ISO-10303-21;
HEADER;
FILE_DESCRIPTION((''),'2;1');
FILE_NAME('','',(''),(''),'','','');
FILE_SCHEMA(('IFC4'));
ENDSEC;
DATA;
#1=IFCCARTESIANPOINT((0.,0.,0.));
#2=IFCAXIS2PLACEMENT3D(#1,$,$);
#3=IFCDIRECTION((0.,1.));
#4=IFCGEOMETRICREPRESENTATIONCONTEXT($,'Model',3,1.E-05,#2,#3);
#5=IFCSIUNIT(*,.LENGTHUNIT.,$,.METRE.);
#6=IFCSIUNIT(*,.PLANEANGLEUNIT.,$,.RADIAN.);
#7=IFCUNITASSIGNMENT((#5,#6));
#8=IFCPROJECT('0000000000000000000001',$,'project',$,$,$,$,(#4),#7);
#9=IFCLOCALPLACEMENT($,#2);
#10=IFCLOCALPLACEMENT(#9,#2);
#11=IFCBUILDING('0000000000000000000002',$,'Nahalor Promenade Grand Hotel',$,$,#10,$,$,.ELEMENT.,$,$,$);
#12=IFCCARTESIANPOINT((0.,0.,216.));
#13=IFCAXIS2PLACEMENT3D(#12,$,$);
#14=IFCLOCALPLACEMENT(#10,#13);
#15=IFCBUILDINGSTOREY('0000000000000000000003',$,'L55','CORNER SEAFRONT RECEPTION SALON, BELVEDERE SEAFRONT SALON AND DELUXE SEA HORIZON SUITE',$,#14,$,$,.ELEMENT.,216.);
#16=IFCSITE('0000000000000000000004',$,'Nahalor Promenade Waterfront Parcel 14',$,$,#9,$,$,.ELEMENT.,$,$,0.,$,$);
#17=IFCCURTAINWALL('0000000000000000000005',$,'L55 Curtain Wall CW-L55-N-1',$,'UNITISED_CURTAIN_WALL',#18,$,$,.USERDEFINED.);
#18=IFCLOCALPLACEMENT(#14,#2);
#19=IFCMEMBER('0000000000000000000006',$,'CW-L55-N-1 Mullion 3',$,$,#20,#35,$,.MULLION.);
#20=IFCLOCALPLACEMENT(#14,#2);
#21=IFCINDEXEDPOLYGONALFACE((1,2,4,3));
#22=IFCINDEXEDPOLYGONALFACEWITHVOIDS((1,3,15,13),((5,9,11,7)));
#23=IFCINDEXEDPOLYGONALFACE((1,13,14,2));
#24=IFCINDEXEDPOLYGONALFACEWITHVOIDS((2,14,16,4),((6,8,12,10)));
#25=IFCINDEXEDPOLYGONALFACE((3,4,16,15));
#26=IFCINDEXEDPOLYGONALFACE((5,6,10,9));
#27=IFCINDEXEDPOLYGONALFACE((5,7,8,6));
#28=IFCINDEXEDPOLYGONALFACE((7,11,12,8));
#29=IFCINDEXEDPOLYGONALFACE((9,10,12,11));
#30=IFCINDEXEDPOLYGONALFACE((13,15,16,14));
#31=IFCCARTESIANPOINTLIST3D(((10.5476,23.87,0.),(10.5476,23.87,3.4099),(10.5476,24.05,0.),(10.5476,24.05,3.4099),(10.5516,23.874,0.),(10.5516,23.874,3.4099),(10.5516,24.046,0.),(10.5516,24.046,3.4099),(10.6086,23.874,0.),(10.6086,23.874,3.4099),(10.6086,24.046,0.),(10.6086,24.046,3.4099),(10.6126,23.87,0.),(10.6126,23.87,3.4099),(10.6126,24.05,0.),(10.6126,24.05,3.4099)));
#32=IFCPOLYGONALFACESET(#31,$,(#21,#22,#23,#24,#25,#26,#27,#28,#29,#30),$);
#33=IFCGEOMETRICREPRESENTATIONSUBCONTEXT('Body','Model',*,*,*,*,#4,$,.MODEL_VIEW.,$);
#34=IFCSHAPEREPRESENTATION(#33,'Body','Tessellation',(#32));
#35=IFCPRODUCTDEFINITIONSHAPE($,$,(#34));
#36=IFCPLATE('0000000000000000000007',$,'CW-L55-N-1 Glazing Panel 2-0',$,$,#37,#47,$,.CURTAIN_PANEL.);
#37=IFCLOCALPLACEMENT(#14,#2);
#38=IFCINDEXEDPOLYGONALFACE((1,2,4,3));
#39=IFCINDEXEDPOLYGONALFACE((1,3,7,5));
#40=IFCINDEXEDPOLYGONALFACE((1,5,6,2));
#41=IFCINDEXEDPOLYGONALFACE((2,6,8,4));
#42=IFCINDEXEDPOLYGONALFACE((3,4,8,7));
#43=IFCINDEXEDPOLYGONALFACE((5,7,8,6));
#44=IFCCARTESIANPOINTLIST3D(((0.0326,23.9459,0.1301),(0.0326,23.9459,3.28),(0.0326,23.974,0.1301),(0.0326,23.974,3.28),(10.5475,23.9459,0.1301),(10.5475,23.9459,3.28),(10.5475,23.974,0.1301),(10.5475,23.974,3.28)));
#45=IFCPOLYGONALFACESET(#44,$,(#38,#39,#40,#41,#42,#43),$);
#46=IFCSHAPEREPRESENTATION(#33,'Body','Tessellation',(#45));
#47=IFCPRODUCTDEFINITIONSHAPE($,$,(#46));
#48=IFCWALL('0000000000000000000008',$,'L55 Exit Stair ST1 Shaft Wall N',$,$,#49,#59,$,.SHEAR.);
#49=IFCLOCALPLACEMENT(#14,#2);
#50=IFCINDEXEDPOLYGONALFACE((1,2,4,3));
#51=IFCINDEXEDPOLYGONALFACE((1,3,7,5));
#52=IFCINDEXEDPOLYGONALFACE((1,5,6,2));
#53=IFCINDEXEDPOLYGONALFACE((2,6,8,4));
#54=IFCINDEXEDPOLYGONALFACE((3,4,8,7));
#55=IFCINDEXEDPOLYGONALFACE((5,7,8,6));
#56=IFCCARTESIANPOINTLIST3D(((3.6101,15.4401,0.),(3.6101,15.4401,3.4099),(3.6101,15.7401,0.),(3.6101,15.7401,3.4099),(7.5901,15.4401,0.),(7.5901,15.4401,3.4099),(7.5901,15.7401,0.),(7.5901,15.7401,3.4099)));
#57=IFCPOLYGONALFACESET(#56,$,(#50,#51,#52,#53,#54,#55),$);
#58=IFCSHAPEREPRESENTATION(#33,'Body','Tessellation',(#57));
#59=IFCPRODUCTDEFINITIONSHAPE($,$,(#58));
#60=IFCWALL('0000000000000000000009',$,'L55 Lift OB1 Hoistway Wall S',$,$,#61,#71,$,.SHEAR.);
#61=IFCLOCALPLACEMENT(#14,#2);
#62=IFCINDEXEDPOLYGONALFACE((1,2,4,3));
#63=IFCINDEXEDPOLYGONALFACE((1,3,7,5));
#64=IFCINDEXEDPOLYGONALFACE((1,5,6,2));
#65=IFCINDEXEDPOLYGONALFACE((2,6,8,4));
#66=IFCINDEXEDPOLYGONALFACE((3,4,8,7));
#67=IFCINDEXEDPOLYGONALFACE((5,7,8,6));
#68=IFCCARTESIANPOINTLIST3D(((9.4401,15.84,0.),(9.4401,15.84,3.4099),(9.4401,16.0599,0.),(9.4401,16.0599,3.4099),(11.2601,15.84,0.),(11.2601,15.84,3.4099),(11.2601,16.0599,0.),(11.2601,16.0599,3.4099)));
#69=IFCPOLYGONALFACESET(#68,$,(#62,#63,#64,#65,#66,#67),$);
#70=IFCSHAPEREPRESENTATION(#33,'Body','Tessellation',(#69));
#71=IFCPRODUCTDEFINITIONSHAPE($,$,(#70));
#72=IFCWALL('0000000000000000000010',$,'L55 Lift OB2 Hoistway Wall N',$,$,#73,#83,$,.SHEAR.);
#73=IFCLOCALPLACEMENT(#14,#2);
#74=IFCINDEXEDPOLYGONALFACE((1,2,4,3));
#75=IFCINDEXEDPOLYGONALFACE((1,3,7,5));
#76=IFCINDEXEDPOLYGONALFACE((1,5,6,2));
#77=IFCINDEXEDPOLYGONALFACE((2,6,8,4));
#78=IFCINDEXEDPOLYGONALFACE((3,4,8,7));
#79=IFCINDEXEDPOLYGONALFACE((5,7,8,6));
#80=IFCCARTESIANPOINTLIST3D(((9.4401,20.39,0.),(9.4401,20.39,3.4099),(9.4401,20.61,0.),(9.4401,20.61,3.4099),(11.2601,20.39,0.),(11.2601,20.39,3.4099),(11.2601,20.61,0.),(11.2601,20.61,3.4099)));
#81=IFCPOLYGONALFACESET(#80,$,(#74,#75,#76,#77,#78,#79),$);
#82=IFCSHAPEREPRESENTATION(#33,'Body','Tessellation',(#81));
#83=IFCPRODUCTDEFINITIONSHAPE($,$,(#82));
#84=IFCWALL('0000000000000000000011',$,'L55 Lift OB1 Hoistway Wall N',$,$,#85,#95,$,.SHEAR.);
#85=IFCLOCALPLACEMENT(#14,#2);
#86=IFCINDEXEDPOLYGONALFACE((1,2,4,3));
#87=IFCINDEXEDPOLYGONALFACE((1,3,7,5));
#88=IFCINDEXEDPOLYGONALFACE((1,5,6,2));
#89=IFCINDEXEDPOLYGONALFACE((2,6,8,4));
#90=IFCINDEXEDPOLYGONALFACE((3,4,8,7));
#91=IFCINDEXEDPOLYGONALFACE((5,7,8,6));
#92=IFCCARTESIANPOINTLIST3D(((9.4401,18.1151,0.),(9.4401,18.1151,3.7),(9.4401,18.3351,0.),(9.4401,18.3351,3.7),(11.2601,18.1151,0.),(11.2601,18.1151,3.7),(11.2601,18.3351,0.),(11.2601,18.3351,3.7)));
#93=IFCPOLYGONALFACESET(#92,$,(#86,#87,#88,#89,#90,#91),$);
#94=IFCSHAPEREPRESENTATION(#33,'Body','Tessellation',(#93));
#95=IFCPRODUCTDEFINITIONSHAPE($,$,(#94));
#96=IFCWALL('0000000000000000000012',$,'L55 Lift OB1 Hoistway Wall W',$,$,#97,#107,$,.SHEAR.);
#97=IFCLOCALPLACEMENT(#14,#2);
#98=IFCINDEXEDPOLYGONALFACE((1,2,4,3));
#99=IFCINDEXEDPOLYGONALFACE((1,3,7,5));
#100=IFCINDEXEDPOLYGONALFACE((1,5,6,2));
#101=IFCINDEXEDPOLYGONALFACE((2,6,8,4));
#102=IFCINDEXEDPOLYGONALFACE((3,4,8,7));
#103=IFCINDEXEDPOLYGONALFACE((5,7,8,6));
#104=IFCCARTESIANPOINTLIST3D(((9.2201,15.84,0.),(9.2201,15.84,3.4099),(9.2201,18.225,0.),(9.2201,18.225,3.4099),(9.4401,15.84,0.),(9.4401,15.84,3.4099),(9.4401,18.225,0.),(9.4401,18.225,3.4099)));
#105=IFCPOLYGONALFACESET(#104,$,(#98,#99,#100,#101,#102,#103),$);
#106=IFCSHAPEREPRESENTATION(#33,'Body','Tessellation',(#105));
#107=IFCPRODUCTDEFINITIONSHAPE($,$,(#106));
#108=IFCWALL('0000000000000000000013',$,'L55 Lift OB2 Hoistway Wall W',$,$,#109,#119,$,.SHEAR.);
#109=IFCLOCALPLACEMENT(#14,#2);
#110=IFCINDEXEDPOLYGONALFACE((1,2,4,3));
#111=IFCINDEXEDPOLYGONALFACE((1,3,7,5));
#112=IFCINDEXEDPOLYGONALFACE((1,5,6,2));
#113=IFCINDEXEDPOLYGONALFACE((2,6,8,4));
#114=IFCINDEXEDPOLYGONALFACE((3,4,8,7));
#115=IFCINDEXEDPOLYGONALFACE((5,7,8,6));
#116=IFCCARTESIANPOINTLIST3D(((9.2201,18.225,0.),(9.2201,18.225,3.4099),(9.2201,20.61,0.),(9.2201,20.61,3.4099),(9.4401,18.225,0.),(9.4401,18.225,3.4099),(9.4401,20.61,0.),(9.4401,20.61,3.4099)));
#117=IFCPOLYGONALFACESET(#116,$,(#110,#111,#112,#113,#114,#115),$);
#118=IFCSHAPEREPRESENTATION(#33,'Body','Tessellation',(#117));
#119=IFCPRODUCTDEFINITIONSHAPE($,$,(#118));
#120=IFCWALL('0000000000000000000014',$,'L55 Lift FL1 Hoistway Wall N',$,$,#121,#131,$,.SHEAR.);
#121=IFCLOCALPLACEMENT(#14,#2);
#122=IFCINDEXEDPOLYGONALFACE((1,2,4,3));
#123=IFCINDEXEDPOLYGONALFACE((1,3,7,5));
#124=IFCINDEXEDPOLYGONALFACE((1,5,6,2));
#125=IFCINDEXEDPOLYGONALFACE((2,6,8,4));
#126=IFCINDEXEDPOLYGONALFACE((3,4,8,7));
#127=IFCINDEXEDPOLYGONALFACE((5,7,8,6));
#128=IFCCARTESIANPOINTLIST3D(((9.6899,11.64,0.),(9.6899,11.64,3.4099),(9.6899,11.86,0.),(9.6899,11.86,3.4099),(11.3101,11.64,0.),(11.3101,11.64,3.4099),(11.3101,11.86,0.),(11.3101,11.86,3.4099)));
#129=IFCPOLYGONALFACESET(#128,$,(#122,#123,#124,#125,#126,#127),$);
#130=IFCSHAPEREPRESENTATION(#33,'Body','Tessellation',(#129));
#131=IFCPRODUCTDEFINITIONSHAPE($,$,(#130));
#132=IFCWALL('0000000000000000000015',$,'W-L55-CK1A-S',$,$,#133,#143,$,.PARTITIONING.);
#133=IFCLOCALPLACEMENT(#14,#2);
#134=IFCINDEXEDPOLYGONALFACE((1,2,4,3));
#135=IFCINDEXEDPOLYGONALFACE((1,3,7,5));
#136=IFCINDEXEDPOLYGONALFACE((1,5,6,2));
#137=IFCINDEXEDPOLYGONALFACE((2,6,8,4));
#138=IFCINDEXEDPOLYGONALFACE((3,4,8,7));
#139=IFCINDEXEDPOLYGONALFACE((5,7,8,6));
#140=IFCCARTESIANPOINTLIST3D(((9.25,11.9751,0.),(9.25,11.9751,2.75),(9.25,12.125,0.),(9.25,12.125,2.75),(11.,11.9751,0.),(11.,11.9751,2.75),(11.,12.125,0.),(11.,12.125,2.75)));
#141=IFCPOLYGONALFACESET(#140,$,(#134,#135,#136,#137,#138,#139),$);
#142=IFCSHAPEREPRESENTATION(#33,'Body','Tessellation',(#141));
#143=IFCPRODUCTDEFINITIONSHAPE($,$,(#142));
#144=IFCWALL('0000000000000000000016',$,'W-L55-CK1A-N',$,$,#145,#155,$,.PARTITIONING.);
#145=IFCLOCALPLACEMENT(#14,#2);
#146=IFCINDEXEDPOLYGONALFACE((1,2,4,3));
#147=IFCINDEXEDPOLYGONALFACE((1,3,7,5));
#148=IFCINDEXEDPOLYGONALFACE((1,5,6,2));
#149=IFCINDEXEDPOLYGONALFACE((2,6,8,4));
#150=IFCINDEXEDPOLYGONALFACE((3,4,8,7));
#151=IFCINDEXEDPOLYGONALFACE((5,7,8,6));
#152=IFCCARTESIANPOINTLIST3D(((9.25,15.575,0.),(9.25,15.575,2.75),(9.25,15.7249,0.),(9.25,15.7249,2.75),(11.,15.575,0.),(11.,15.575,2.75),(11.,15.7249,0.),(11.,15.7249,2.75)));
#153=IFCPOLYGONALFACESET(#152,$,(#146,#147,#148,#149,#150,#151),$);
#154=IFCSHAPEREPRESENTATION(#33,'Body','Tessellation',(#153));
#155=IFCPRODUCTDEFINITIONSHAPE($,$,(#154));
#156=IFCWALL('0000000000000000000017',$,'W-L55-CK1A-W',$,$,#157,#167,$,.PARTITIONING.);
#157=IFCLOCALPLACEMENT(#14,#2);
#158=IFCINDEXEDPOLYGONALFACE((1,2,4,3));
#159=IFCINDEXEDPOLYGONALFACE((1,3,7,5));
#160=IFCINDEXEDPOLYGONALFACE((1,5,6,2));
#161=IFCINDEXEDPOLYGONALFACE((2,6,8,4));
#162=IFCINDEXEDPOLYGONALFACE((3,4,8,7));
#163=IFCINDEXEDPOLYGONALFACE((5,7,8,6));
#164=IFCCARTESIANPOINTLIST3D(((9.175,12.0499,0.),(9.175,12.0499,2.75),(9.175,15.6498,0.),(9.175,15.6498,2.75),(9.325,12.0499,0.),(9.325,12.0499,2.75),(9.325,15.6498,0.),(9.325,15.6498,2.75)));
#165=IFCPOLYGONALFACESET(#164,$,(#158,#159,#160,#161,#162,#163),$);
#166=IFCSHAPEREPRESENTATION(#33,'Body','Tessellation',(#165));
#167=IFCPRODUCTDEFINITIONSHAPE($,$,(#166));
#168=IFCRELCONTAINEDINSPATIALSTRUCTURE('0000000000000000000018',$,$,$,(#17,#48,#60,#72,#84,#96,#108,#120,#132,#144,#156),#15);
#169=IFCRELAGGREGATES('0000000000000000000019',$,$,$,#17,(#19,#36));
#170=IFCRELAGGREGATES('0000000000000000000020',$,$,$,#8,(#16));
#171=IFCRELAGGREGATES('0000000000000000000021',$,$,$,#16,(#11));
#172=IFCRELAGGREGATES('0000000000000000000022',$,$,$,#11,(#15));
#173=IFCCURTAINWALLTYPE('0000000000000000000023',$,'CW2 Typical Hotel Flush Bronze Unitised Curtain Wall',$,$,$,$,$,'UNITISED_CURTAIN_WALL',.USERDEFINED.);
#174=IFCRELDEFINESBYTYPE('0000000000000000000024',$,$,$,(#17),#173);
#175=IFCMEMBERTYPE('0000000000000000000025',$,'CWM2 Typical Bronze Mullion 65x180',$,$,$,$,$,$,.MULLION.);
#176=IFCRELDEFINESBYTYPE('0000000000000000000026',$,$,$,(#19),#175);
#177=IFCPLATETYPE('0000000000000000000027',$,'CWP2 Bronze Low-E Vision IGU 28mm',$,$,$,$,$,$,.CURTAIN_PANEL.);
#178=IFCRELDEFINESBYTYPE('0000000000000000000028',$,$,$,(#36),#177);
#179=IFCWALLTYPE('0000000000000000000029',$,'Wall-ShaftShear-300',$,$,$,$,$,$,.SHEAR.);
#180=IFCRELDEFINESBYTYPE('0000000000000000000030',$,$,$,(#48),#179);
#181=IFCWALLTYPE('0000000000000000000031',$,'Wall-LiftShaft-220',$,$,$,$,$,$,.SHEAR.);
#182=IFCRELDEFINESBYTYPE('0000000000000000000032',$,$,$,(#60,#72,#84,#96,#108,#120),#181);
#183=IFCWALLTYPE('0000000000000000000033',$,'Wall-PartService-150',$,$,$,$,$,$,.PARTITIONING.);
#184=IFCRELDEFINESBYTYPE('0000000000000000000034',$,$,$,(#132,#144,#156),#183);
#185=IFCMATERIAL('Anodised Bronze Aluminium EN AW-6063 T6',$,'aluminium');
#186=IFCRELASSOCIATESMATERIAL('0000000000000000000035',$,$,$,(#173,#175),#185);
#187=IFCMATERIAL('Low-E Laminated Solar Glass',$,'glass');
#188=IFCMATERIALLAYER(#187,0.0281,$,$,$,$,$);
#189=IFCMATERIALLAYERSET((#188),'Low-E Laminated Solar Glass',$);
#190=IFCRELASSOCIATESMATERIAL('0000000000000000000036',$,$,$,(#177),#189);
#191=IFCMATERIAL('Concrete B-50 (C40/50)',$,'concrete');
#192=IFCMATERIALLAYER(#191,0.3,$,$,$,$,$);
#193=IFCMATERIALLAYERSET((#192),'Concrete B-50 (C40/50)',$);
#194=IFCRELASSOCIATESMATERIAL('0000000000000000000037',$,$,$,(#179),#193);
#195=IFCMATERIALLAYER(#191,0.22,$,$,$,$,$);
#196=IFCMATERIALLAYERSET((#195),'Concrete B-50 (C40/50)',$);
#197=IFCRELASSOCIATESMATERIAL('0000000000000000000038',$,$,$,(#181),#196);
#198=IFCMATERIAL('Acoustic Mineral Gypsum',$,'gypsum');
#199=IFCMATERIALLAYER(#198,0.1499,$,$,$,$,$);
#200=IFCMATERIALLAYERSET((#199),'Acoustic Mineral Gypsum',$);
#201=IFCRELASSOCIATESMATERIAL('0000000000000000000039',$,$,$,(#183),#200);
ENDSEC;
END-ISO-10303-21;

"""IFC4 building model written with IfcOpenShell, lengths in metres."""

from ifc_helpers import new_model, si_unit, direction, frame, frame_2d, origin, origin_2d, place, context, subcontext, project, spatial, rectangle, hollow_rectangle, extrude, source, transform, mapped, material, layer, layer_set, material_profile, profile_set, type_object, element, aggregate, save


model = new_model("IFC4")

# Units and contexts
model_context = context("Model", 3, precision=1e-05, world=origin(), true_north=direction((0.0, 1.0)))
body_context = subcontext(model_context, "Body", "Model", "MODEL_VIEW")
ifc_project = project(units=[si_unit("LENGTHUNIT", "METRE"), si_unit("PLANEANGLEUNIT", "RADIAN")], contexts=[model_context])

# Site, building, storey
site_placement = place(None, origin())
site = spatial("IfcSite", under=ifc_project, at=site_placement, Name="Nahalor Promenade Waterfront Parcel 14", CompositionType="ELEMENT", RefElevation=0.0)
building_placement = place(site_placement, origin())
building = spatial("IfcBuilding", under=site, at=building_placement, Name="Nahalor Promenade Grand Hotel", CompositionType="ELEMENT")
storey_placement = place(building_placement, frame((0.0, 0.0, 216.0)))
storey = spatial("IfcBuildingStorey", under=building, at=storey_placement, Name="L55", Description="CORNER SEAFRONT RECEPTION SALON, BELVEDERE SEAFRONT SALON AND DELUXE SEA HORIZON SUITE", CompositionType="ELEMENT", Elevation=216.0)

# Curtain wall, member, plate
ifc_material_1 = material(Name="Anodised Bronze Aluminium EN AW-6063 T6", Category="aluminium")
curtain_wall_type = type_object("IfcCurtainWallType", Name="CW2 Typical Hotel Flush Bronze Unitised Curtain Wall", ElementType="UNITISED_CURTAIN_WALL", PredefinedType="USERDEFINED", material=ifc_material_1)
curtain_wall_placement = place(storey_placement, origin())
curtain_wall = element("IfcCurtainWall", 1, at=curtain_wall_placement, inside=storey, type_object=curtain_wall_type, Name="L55 Curtain Wall CW-L55-N-1", ObjectType="UNITISED_CURTAIN_WALL", PredefinedType="USERDEFINED")
ifc_material_profile_1 = material_profile(ifc_material_1, hollow_rectangle(XDim=0.065, YDim=0.18, WallThickness=0.004, at=origin_2d()), Name="CWM 65x180x4")
ifc_profile_set_1 = profile_set([ifc_material_profile_1], Name="Anodised Bronze Aluminium EN AW-6063 T6")
member_type_1 = type_object("IfcMemberType", Name="CWM2 Typical Bronze Mullion 65x180", PredefinedType="MULLION", material=ifc_profile_set_1)
shared_shape_1 = source(origin(), body_context, "Body", "SweptSolid", [
    extrude(hollow_rectangle(XDim=0.065, YDim=0.18, WallThickness=0.004, at=origin_2d()), origin(), (0.0, 0.0, 1.0), 3.4099),
])
member_1_placement = place(storey_placement, frame((10.5801, 23.96, 0.0), z_axis=(0.0, 0.0, 1.0), x_axis=(1.0, 0.0, 0.0)))
member_1 = element("IfcMember", 2, at=member_1_placement, type_object=member_type_1, Name="CW-L55-N-1 Mullion 3", PredefinedType="MULLION", context=body_context, shape_type="MappedRepresentation", body=[
    mapped(shared_shape_1, transform((0.0, 0.0, 0.0), scale=1.0)),
])
ifc_material_2 = material(Name="Low-E Laminated Solar Glass", Category="glass")
ifc_layer_1 = layer(ifc_material_2, 0.0281)
ifc_layer_set_1 = layer_set([ifc_layer_1], Name="Low-E Laminated Solar Glass")
plate_type = type_object("IfcPlateType", Name="CWP2 Bronze Low-E Vision IGU 28mm", PredefinedType="CURTAIN_PANEL", material=ifc_layer_set_1)
shared_shape_2 = source(origin(), body_context, "Body", "SweptSolid", [
    extrude(rectangle(XDim=10.5149, YDim=0.0281, at=origin_2d()), origin(), (0.0, 0.0, 1.0), 3.1499),
])
plate_placement = place(storey_placement, frame((5.29, 23.96, 0.1301), z_axis=(0.0, 0.0, 1.0), x_axis=(1.0, 0.0, 0.0)))
plate = element("IfcPlate", 3, at=plate_placement, type_object=plate_type, Name="CW-L55-N-1 Glazing Panel 2-0", PredefinedType="CURTAIN_PANEL", context=body_context, shape_type="MappedRepresentation", body=[
    mapped(shared_shape_2, transform((0.0, 0.0, 0.0), scale=1.0)),
])
aggregate(curtain_wall, [member_1, plate])

# Walls
ifc_material_3 = material(Name="Concrete B-50 (C40/50)", Category="concrete")
ifc_layer_2 = layer(ifc_material_3, 0.3)
ifc_layer_set_2 = layer_set([ifc_layer_2], Name="Concrete B-50 (C40/50)")
wall_type_1 = type_object("IfcWallType", Name="Wall-ShaftShear-300", PredefinedType="SHEAR", material=ifc_layer_set_2)
shared_shape_3 = source(origin(), body_context, "Body", "SweptSolid", [
    extrude(rectangle(XDim=3.98, YDim=0.3, at=frame_2d((1.99, 0.0))), origin(), (0.0, 0.0, 1.0), 3.4099),
])
wall_1_placement = place(storey_placement, frame((3.6101, 15.5901, 0.0), z_axis=(0.0, 0.0, 1.0), x_axis=(1.0, 0.0, 0.0)))
element("IfcWall", 4, at=wall_1_placement, inside=storey, type_object=wall_type_1, Name="L55 Exit Stair ST1 Shaft Wall N", PredefinedType="SHEAR", context=body_context, shape_type="MappedRepresentation", body=[
    mapped(shared_shape_3, transform((0.0, 0.0, 0.0), scale=1.0)),
])
ifc_layer_3 = layer(ifc_material_3, 0.22)
ifc_layer_set_3 = layer_set([ifc_layer_3], Name="Concrete B-50 (C40/50)")
wall_type_2 = type_object("IfcWallType", Name="Wall-LiftShaft-220", PredefinedType="SHEAR", material=ifc_layer_set_3)
shared_shape_4 = source(origin(), body_context, "Body", "SweptSolid", [
    extrude(rectangle(XDim=1.8201, YDim=0.22, at=frame_2d((0.9102, 0.0))), origin(), (0.0, 0.0, 1.0), 3.4099),
])
for number, where, z_axis, x_axis, name in (
    (5, (9.4399, 15.95, 0.0), (0.0, 0.0, 1.0), (1.0, 0.0, 0.0), "L55 Lift OB1 Hoistway Wall S"),
    (6, (9.4399, 20.5, 0.0), (0.0, 0.0, 1.0), (1.0, 0.0, 0.0), "L55 Lift OB2 Hoistway Wall N"),
):
    element("IfcWall", number, at=place(storey_placement, frame(where, z_axis=z_axis, x_axis=x_axis)), inside=storey, type_object=wall_type_2, Name=name, PredefinedType="SHEAR", context=body_context, shape_type="MappedRepresentation", body=[
        mapped(shared_shape_4, transform((0.0, 0.0, 0.0), scale=1.0)),
    ])
shared_shape_5 = source(origin(), body_context, "Body", "SweptSolid", [
    extrude(rectangle(XDim=1.8201, YDim=0.22, at=frame_2d((0.9102, 0.0))), origin(), (0.0, 0.0, 1.0), 3.7),
])
wall_2_placement = place(storey_placement, frame((9.4399, 18.2251, 0.0), z_axis=(0.0, 0.0, 1.0), x_axis=(1.0, 0.0, 0.0)))
element("IfcWall", 7, at=wall_2_placement, inside=storey, type_object=wall_type_2, Name="L55 Lift OB1 Hoistway Wall N", PredefinedType="SHEAR", context=body_context, shape_type="MappedRepresentation", body=[
    mapped(shared_shape_5, transform((0.0, 0.0, 0.0), scale=1.0)),
])
shared_shape_6 = source(origin(), body_context, "Body", "SweptSolid", [
    extrude(rectangle(XDim=2.385, YDim=0.22, at=frame_2d((1.1924, 0.0))), origin(), (0.0, 0.0, 1.0), 3.4099),
])
for number, where, z_axis, x_axis, name in (
    (8, (9.3301, 15.8401, 0.0), (0.0, 0.0, 1.0), (0.0, 1.0, 0.0), "L55 Lift OB1 Hoistway Wall W"),
    (9, (9.3301, 18.2251, 0.0), (0.0, 0.0, 1.0), (0.0, 1.0, 0.0), "L55 Lift OB2 Hoistway Wall W"),
):
    element("IfcWall", number, at=place(storey_placement, frame(where, z_axis=z_axis, x_axis=x_axis)), inside=storey, type_object=wall_type_2, Name=name, PredefinedType="SHEAR", context=body_context, shape_type="MappedRepresentation", body=[
        mapped(shared_shape_6, transform((0.0, 0.0, 0.0), scale=1.0)),
    ])
shared_shape_7 = source(origin(), body_context, "Body", "SweptSolid", [
    extrude(rectangle(XDim=1.6201, YDim=0.22, at=frame_2d((0.8101, 0.0))), origin(), (0.0, 0.0, 1.0), 3.4099),
])
wall_3_placement = place(storey_placement, frame((9.6899, 11.75, 0.0), z_axis=(0.0, 0.0, 1.0), x_axis=(1.0, 0.0, 0.0)))
element("IfcWall", 10, at=wall_3_placement, inside=storey, type_object=wall_type_2, Name="L55 Lift FL1 Hoistway Wall N", PredefinedType="SHEAR", context=body_context, shape_type="MappedRepresentation", body=[
    mapped(shared_shape_7, transform((0.0, 0.0, 0.0), scale=1.0)),
])
ifc_material_4 = material(Name="Acoustic Mineral Gypsum", Category="gypsum")
ifc_layer_4 = layer(ifc_material_4, 0.1499)
ifc_layer_set_4 = layer_set([ifc_layer_4], Name="Acoustic Mineral Gypsum")
wall_type_3 = type_object("IfcWallType", Name="Wall-PartService-150", PredefinedType="PARTITIONING", material=ifc_layer_set_4)
shared_shape_8 = source(origin(), body_context, "Body", "SweptSolid", [
    extrude(rectangle(XDim=1.75, YDim=0.1499, at=frame_2d((0.875, 0.0))), origin(), (0.0, 0.0, 1.0), 2.75),
])
for number, where, z_axis, x_axis, name in (
    (11, (9.25, 12.05, 0.0), (0.0, 0.0, 1.0), (1.0, 0.0, 0.0), "W-L55-CK1A-S"),
    (12, (9.25, 15.6499, 0.0), (0.0, 0.0, 1.0), (1.0, 0.0, 0.0), "W-L55-CK1A-N"),
):
    element("IfcWall", number, at=place(storey_placement, frame(where, z_axis=z_axis, x_axis=x_axis)), inside=storey, type_object=wall_type_3, Name=name, PredefinedType="PARTITIONING", context=body_context, shape_type="MappedRepresentation", body=[
        mapped(shared_shape_8, transform((0.0, 0.0, 0.0), scale=1.0)),
    ])
shared_shape_9 = source(origin(), body_context, "Body", "SweptSolid", [
    extrude(rectangle(XDim=3.5999, YDim=0.1499, at=frame_2d((1.7998, 0.0))), origin(), (0.0, 0.0, 1.0), 2.75),
])
wall_4_placement = place(storey_placement, frame((9.25, 12.05, 0.0), z_axis=(0.0, 0.0, 1.0), x_axis=(0.0, 1.0, 0.0)))
element("IfcWall", 13, at=wall_4_placement, inside=storey, type_object=wall_type_3, Name="W-L55-CK1A-W", PredefinedType="PARTITIONING", context=body_context, shape_type="MappedRepresentation", body=[
    mapped(shared_shape_9, transform((0.0, 0.0, 0.0), scale=1.0)),
])

save(model, "model.ifc")
